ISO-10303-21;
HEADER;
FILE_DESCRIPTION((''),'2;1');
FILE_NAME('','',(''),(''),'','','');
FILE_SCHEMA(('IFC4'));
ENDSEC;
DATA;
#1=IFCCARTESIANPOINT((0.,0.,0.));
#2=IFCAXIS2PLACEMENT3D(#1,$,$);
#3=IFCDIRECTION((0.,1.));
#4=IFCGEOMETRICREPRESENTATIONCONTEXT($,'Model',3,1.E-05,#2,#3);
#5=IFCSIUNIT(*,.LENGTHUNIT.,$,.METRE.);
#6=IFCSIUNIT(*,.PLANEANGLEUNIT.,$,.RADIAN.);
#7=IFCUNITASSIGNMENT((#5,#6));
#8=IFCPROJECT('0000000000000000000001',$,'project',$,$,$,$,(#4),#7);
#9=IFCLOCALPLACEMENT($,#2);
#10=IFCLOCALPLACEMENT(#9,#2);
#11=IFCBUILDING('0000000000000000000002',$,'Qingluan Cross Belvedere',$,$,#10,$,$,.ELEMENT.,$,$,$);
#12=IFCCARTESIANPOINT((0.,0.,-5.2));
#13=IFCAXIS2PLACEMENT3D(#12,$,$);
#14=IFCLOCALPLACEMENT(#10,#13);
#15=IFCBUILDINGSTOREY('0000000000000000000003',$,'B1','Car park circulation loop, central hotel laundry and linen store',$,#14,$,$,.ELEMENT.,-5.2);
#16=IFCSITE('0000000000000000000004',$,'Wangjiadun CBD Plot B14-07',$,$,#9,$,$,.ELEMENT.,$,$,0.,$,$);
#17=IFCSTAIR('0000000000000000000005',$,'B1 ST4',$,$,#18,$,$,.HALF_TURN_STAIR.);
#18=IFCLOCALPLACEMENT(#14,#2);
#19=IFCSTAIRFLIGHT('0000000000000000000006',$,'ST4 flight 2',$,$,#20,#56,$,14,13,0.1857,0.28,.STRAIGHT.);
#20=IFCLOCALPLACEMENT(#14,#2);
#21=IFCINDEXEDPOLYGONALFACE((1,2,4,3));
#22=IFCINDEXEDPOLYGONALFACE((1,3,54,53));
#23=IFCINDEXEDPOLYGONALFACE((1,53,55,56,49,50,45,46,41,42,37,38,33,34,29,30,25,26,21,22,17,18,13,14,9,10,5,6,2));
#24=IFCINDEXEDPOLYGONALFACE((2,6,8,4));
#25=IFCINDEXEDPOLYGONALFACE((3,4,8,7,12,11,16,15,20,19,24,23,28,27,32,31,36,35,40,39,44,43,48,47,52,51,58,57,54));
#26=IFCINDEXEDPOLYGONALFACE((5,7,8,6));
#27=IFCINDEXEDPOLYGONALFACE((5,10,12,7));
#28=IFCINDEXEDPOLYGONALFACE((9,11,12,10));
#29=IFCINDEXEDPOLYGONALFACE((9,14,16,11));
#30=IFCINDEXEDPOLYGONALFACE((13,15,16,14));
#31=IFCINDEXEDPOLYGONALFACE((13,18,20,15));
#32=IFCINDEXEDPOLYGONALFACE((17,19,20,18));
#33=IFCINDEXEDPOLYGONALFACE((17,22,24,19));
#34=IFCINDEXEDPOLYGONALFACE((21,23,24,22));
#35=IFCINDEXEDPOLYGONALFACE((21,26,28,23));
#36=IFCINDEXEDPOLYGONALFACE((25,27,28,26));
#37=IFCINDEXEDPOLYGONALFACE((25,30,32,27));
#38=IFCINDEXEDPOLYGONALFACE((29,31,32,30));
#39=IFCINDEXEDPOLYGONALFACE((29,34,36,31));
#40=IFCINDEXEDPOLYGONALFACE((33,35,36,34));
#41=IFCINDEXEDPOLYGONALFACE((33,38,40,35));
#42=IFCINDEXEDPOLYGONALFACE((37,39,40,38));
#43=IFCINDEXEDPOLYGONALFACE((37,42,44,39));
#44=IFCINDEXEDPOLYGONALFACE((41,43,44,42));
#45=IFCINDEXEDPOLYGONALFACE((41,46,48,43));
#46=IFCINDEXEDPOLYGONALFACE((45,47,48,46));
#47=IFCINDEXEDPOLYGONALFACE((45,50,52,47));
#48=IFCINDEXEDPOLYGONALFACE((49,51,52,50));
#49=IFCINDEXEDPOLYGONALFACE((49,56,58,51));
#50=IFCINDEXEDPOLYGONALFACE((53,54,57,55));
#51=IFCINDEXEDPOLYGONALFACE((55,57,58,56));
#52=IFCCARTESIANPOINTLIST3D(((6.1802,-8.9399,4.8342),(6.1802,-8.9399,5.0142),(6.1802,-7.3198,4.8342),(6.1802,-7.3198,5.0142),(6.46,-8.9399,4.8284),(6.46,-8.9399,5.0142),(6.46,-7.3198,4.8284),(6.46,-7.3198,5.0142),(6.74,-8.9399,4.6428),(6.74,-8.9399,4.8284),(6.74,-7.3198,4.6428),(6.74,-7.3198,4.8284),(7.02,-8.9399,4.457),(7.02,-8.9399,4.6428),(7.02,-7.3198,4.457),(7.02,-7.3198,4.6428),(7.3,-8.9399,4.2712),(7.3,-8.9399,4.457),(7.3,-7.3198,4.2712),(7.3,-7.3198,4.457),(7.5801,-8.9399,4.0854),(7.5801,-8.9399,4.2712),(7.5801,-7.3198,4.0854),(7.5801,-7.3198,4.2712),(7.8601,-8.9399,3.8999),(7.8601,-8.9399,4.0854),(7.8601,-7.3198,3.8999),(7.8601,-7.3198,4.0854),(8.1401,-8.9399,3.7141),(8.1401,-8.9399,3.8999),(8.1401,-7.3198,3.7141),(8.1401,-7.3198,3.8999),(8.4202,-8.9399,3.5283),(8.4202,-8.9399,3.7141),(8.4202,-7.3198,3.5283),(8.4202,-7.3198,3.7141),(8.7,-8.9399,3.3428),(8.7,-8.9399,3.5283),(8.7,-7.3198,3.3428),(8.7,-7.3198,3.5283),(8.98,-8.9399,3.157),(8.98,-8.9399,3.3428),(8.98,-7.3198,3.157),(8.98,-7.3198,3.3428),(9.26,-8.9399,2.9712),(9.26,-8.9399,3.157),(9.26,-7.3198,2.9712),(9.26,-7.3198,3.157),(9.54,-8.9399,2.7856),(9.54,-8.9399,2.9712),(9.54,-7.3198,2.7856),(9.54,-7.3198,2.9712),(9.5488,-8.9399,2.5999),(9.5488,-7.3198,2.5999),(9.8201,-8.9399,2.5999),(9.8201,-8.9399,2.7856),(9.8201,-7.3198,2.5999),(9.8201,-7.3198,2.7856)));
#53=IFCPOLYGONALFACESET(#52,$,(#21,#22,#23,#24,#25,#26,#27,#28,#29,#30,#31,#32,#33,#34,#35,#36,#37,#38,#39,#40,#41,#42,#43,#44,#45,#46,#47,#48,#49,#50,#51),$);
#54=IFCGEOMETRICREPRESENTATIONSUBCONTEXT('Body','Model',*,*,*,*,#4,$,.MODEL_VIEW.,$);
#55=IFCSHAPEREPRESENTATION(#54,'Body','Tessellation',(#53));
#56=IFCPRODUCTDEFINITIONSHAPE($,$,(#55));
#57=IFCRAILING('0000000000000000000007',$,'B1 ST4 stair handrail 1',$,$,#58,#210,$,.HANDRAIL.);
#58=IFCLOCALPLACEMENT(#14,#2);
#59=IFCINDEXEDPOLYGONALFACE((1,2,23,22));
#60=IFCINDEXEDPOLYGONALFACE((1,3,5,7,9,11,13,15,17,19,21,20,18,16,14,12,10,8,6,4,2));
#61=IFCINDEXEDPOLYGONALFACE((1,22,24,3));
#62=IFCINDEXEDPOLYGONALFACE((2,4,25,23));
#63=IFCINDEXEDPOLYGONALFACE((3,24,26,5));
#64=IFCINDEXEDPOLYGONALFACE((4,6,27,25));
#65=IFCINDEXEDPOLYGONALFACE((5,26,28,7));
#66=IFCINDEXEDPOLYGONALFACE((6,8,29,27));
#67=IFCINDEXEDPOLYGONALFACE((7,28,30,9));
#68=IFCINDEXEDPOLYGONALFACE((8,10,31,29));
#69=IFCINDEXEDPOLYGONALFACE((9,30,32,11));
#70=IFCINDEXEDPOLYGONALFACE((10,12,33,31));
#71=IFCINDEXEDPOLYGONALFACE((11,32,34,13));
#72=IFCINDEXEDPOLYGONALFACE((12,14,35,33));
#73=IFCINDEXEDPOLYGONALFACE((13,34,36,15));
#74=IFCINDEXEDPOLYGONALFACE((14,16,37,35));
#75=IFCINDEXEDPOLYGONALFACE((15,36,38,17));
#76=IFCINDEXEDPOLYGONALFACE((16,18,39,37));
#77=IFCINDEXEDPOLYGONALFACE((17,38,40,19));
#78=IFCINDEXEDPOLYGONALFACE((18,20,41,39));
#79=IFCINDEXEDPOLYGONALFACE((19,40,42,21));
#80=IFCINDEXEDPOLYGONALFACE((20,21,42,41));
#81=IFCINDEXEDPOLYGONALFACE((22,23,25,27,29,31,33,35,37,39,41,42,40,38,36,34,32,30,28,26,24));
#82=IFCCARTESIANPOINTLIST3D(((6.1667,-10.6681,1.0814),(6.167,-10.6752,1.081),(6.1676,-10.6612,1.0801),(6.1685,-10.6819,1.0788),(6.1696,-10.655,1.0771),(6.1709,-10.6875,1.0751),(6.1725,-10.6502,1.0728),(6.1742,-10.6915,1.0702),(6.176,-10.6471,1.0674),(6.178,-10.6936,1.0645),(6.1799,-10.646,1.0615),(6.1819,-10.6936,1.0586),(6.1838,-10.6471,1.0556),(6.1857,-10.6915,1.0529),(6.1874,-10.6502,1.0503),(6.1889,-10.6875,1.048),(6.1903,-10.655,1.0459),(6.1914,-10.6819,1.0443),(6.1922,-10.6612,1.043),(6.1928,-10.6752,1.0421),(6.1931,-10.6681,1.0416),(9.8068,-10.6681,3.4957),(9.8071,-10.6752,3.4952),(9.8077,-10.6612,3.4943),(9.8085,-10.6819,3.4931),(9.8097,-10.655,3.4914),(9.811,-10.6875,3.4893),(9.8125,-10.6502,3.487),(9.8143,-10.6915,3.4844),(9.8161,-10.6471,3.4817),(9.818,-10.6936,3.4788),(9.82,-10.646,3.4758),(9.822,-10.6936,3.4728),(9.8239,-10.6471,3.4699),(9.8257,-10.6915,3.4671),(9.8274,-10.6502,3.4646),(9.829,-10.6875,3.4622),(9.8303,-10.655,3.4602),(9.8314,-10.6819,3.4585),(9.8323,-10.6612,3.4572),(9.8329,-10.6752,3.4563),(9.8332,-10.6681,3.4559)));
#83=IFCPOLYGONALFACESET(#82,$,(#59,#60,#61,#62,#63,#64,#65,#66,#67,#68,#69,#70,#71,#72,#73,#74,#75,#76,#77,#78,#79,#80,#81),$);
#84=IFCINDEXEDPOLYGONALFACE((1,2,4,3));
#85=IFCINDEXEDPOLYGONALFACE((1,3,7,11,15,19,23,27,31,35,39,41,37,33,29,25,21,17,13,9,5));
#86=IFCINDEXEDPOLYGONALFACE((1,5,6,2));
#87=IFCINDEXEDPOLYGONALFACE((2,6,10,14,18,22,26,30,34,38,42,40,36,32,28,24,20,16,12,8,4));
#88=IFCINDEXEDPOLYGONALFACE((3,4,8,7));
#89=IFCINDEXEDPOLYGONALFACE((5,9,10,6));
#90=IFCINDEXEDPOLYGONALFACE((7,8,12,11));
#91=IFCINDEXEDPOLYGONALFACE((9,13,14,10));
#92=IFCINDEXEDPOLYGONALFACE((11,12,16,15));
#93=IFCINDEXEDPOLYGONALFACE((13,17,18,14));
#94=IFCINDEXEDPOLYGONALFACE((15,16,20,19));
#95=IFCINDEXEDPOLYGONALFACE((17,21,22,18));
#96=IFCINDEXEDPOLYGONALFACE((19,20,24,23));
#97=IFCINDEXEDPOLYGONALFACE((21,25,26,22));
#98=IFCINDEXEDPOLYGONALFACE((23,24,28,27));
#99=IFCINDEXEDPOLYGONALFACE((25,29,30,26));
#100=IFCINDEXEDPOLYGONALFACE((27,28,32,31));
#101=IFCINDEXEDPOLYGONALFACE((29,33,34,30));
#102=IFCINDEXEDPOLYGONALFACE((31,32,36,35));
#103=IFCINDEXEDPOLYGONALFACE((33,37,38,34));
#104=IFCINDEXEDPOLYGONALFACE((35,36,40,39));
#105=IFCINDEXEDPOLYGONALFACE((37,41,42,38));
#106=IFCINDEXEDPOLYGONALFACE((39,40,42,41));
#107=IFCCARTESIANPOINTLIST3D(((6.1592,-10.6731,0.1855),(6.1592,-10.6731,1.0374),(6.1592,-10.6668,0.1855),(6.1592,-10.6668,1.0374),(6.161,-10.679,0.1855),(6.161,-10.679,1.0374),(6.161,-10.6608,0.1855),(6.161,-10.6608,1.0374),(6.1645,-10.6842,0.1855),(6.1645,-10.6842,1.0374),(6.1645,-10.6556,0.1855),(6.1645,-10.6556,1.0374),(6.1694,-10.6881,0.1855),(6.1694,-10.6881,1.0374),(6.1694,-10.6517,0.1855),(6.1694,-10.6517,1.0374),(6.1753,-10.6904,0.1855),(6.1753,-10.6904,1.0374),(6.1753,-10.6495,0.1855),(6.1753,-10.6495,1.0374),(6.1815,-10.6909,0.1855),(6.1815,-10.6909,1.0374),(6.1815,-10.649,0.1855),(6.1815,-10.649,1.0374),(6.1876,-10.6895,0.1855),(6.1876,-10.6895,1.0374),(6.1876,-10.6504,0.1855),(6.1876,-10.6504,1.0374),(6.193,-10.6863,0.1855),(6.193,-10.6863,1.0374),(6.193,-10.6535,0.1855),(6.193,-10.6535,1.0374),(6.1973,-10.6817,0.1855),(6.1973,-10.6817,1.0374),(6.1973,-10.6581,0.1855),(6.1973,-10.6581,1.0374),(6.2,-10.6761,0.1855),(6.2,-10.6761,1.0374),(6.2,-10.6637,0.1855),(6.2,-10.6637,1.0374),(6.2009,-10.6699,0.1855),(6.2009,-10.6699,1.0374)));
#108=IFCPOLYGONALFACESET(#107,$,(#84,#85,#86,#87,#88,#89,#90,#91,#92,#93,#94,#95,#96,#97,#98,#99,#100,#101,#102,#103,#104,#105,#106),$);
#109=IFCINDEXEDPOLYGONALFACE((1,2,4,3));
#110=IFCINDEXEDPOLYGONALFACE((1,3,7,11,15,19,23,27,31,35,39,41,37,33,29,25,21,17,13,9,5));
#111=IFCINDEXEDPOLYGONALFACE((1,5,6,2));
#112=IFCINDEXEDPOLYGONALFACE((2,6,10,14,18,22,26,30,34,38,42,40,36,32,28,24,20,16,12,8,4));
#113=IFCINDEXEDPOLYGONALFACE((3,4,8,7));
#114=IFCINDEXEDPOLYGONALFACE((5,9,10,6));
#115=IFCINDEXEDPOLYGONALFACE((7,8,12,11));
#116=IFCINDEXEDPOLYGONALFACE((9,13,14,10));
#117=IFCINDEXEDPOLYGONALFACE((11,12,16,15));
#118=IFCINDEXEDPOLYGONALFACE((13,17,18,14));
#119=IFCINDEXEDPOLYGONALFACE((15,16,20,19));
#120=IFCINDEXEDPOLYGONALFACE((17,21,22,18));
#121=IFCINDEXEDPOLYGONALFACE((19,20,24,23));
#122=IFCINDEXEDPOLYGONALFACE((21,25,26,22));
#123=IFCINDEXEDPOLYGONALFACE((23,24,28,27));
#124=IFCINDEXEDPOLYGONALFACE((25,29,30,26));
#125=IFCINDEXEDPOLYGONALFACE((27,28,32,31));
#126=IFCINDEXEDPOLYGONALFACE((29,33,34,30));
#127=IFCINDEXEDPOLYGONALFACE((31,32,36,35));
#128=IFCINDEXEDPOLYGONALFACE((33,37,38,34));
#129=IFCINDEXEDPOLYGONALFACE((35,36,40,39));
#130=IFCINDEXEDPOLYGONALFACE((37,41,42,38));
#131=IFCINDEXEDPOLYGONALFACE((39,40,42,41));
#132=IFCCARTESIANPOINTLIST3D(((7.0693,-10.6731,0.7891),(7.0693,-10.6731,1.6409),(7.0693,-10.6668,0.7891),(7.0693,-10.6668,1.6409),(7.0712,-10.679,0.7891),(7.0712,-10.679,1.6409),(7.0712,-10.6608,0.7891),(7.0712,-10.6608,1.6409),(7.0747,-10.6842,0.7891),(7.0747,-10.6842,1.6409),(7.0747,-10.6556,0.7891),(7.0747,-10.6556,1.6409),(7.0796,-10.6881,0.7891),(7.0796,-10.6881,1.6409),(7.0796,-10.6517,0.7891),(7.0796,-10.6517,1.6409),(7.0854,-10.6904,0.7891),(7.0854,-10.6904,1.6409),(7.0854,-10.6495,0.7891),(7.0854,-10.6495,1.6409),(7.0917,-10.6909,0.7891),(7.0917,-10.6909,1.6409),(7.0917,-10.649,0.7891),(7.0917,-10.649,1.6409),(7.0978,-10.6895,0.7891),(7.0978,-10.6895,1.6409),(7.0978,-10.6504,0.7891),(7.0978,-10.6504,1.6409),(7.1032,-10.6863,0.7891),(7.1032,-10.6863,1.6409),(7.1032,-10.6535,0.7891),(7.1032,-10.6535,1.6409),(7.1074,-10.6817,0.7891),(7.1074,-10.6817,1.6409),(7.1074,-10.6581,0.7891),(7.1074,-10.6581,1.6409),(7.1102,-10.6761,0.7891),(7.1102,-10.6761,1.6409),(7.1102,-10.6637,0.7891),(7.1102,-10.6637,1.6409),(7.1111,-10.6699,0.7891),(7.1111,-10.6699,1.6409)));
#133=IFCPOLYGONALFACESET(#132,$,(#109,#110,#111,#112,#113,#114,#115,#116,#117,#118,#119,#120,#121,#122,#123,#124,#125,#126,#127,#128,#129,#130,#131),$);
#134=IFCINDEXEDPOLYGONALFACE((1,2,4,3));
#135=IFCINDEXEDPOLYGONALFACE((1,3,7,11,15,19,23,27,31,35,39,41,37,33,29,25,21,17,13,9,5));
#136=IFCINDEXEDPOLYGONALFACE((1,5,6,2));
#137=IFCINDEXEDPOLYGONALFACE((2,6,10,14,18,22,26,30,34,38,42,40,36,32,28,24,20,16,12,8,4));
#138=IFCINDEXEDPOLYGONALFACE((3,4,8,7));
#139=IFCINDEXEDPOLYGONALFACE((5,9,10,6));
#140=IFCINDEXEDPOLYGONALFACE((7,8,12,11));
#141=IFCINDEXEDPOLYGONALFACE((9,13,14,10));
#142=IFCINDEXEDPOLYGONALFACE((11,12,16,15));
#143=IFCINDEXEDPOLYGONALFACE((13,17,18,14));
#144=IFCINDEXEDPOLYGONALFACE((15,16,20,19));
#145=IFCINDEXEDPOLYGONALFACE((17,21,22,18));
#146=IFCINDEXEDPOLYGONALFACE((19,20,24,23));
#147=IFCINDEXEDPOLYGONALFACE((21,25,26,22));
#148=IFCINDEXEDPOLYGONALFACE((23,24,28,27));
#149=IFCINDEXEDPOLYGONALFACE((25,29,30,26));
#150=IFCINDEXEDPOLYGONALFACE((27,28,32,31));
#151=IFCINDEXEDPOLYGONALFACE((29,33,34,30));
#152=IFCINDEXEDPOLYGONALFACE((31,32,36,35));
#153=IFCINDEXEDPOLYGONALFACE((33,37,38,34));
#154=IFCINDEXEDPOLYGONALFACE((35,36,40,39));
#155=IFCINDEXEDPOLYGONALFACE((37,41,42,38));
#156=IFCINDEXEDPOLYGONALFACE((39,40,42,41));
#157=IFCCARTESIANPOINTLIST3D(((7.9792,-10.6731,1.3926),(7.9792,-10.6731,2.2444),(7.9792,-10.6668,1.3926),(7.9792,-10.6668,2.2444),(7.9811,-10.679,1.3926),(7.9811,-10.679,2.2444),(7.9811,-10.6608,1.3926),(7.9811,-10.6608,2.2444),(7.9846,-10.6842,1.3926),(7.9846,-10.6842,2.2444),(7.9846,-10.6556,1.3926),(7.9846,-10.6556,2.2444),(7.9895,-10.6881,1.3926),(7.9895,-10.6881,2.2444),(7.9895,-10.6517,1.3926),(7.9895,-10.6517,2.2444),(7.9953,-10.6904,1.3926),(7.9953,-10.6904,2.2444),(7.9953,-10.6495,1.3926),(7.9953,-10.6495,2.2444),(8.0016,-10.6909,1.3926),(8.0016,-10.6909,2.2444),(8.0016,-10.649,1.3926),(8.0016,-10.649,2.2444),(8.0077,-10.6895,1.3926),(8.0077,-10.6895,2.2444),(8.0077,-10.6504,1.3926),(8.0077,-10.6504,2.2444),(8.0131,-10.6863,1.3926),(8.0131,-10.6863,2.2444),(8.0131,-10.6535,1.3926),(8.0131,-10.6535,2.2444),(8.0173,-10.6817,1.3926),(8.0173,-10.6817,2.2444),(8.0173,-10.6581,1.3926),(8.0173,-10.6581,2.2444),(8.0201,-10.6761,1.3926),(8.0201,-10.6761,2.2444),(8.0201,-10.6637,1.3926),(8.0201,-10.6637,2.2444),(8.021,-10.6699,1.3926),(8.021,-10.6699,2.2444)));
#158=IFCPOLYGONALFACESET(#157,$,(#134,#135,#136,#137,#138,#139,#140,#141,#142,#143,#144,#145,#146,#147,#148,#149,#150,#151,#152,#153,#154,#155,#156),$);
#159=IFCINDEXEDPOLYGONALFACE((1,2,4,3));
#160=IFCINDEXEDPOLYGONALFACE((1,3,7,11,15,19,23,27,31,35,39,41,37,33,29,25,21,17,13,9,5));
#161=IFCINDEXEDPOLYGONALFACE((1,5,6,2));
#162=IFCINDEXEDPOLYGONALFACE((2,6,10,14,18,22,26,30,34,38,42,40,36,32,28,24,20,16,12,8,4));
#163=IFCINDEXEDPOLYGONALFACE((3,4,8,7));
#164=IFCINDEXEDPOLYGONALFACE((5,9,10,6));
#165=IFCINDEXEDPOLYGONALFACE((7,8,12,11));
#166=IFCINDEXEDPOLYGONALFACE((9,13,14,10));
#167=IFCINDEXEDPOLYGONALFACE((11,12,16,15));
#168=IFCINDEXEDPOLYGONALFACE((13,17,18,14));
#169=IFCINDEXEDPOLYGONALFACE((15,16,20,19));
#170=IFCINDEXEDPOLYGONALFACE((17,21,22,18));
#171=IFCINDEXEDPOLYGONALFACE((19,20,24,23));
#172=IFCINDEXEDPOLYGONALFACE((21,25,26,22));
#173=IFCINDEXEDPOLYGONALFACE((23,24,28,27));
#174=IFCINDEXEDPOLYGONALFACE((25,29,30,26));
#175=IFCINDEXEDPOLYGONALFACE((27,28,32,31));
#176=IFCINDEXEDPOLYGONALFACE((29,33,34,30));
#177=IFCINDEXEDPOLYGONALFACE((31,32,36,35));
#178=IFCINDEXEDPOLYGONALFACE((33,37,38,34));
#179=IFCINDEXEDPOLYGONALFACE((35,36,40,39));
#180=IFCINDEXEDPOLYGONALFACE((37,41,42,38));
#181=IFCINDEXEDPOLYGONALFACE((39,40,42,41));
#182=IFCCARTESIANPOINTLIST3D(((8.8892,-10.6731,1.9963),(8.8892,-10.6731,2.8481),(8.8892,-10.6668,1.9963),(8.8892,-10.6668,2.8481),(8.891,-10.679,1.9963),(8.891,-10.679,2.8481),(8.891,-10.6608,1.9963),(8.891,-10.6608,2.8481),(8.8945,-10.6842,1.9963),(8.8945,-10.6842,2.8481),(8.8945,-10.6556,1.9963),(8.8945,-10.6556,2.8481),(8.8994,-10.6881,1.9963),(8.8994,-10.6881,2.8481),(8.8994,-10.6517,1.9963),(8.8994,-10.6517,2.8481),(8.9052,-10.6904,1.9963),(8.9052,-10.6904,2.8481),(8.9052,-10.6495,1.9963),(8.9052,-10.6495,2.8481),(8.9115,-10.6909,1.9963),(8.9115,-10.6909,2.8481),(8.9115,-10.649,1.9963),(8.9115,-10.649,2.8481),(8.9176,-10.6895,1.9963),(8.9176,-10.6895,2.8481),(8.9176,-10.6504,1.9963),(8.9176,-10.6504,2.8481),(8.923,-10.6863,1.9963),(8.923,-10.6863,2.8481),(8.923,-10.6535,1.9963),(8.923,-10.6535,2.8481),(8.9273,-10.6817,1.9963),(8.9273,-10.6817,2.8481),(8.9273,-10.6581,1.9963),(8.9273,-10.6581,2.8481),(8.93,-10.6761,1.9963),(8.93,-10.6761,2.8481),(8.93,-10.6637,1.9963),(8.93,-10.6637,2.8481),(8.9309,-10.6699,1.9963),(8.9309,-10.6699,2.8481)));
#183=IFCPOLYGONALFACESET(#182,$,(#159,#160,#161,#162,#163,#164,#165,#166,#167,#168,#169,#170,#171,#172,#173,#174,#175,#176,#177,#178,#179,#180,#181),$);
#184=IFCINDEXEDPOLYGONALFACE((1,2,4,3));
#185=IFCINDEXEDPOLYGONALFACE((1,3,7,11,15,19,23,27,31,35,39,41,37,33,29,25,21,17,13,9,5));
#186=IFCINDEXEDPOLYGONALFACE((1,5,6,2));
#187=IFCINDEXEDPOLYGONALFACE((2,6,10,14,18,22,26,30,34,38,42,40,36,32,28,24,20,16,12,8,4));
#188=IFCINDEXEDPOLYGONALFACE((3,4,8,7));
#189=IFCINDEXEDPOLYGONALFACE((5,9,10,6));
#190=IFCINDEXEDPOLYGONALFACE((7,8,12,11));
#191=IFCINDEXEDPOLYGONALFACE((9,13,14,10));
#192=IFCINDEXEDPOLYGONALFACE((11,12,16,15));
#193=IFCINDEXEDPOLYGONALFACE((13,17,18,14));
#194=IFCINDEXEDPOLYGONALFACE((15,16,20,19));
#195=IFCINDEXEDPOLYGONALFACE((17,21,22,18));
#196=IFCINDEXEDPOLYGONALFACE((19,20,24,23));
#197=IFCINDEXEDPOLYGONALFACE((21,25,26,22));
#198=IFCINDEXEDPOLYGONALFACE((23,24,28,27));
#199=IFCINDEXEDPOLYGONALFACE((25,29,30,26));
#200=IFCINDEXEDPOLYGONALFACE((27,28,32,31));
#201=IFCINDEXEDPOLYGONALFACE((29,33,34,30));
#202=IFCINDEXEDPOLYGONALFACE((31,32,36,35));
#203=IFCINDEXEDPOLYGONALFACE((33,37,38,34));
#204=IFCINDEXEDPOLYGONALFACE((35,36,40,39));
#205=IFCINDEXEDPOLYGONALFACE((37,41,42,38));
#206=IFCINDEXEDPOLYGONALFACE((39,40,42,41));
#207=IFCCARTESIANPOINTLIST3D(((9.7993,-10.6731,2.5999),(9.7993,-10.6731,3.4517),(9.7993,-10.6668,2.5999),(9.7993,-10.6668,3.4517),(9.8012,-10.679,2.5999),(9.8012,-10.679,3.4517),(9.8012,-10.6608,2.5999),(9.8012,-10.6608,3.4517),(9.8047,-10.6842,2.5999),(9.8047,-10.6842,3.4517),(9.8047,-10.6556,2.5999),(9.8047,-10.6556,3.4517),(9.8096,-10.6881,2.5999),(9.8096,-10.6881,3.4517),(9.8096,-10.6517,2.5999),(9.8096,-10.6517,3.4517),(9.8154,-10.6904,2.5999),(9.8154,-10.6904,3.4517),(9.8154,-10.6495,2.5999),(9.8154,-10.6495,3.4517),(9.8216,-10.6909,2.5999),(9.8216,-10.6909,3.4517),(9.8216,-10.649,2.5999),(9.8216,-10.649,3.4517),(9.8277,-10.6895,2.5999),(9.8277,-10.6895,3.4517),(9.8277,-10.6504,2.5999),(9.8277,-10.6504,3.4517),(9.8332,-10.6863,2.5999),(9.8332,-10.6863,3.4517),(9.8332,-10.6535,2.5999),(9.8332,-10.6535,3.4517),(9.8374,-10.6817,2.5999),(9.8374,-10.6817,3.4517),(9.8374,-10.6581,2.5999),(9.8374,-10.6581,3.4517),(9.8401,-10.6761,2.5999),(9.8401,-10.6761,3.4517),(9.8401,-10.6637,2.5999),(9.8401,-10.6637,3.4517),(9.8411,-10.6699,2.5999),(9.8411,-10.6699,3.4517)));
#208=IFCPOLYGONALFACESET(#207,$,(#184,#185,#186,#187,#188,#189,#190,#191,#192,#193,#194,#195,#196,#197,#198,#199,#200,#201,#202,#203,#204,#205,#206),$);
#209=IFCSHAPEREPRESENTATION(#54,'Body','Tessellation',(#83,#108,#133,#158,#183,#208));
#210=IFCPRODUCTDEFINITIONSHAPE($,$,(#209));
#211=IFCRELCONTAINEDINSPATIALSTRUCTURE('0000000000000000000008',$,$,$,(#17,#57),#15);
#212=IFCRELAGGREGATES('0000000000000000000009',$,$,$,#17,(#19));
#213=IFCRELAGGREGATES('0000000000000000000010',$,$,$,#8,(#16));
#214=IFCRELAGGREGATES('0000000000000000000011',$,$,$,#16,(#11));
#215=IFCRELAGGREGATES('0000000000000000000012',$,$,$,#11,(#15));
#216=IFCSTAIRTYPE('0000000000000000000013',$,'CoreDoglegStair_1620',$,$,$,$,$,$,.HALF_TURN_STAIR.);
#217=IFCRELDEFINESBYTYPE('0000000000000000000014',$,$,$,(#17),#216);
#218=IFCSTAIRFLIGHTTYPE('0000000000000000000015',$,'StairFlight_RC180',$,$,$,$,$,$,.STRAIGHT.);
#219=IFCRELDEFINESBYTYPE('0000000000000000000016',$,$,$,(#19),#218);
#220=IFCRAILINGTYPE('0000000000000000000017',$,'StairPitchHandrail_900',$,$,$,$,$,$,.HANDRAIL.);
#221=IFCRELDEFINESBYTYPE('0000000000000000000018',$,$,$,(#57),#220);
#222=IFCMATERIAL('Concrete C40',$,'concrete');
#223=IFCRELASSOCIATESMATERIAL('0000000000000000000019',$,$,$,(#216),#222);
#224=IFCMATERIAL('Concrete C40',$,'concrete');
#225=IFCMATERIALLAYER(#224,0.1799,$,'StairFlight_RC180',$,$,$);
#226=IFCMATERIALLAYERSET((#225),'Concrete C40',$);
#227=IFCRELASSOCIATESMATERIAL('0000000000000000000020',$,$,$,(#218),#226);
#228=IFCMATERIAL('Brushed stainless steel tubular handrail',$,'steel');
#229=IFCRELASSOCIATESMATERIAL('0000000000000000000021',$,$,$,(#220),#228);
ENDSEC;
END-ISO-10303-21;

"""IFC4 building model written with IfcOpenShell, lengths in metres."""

from ifc_helpers import new_model, si_unit, direction, frame, origin, origin_2d, place, context, subcontext, project, spatial, polyline, circle, outline, extrude, material, layer, layer_set, type_object, element, aggregate, save


model = new_model("IFC4")

# Units and contexts
model_context = context("Model", 3, precision=1e-05, world=origin(), true_north=direction((0.0, 1.0)))
body_context = subcontext(model_context, "Body", "Model", "MODEL_VIEW")
ifc_project = project(units=[si_unit("LENGTHUNIT", "METRE"), si_unit("PLANEANGLEUNIT", "RADIAN")], contexts=[model_context])

# Site, building, storey
site_placement = place(None, origin())
site = spatial("IfcSite", under=ifc_project, at=site_placement, Name="Wangjiadun CBD Plot B14-07", CompositionType="ELEMENT", RefElevation=0.0)
building_placement = place(site_placement, origin())
building = spatial("IfcBuilding", under=site, at=building_placement, Name="Qingluan Cross Belvedere", CompositionType="ELEMENT")
storey_placement = place(building_placement, frame((0.0, 0.0, -5.2)))
storey = spatial("IfcBuildingStorey", under=building, at=storey_placement, Name="B1", Description="Car park circulation loop, central hotel laundry and linen store", CompositionType="ELEMENT", Elevation=-5.2)

# Stair, stair flight
ifc_material_1 = material(Name="Concrete C40", Category="concrete")
stair_type = type_object("IfcStairType", Name="CoreDoglegStair_1620", PredefinedType="HALF_TURN_STAIR", material=ifc_material_1)
stair_placement = place(storey_placement, origin())
stair = element("IfcStair", 1, at=stair_placement, inside=storey, type_object=stair_type, Name="B1 ST4", PredefinedType="HALF_TURN_STAIR")
ifc_material_2 = material(Name="Concrete C40", Category="concrete")
ifc_layer_1 = layer(ifc_material_2, 0.1799, Name="StairFlight_RC180")
ifc_layer_set_1 = layer_set([ifc_layer_1], Name="Concrete C40")
stair_flight_type = type_object("IfcStairFlightType", Name="StairFlight_RC180", PredefinedType="STRAIGHT", material=ifc_layer_set_1)
stair_flight_1_placement = place(storey_placement, frame((9.8201, -8.1299, 2.5999), z_axis=(0.0, 0.0, 1.0), x_axis=(-1.0, 0.0, 0.0)))
stair_flight_1 = element("IfcStairFlight", 2, at=stair_flight_1_placement, type_object=stair_flight_type, Name="ST4 flight 2", NumberOfRisers=14, NumberOfTreads=13, PredefinedType="STRAIGHT", RiserHeight=0.1857, TreadLength=0.28, context=body_context, shape_type="SweptSolid", body=[
    extrude(outline(polyline([(0.0, 0.0), (0.0, 0.1858), (0.28, 0.1858), (0.28, 0.3713), (0.5601, 0.3713), (0.5601, 0.5571), (0.8401, 0.5571), (0.8401, 0.7429), (1.1201, 0.7429), (1.1201, 0.9285), (1.3999, 0.9285), (1.3999, 1.1143), (1.6799, 1.1143), (1.6799, 1.3), (1.96, 1.3), (1.96, 1.4856), (2.24, 1.4856), (2.24, 1.6714), (2.52, 1.6714), (2.52, 1.8572), (2.8, 1.8572), (2.8, 2.043), (3.0801, 2.043), (3.0801, 2.2285), (3.3601, 2.2285), (3.3601, 2.4143), (3.6399, 2.4143), (3.6399, 2.6001), (3.6399, 2.2344), (0.2712, 0.0), (0.0, 0.0)])), frame((0.0, 0.8101, 0.0), z_axis=(0.0, -1.0, 0.0), x_axis=(1.0, 0.0, 0.0)), (0.0, 0.0, 1.0), 1.6201),
])
aggregate(stair, [stair_flight_1])

# Railing
ifc_material_3 = material(Name="Brushed stainless steel tubular handrail", Category="steel")
railing_type_1 = type_object("IfcRailingType", Name="StairPitchHandrail_900", PredefinedType="HANDRAIL", material=ifc_material_3)
railing_1_placement = place(storey_placement, frame((6.1799, -10.6699, 0.1855)))
element("IfcRailing", 3, at=railing_1_placement, inside=storey, type_object=railing_type_1, Name="B1 ST4 stair handrail 1", PredefinedType="HANDRAIL", context=body_context, shape_type="SweptSolid", body=[
    extrude(circle(Radius=0.0239, at=origin_2d()), frame((0.0, 0.0, 0.876), z_axis=(0.833364, 0.0, 0.552725), x_axis=(0.0, 1.0, 0.0)), (0.0, 0.0, 1.0), 4.3679),
    extrude(circle(Radius=0.021, at=origin_2d()), origin(), (0.0, 0.0, 1.0), 0.8518),
    extrude(circle(Radius=0.021, at=origin_2d()), frame((0.9102, 0.0, 0.6035)), (0.0, 0.0, 1.0), 0.8518),
    extrude(circle(Radius=0.021, at=origin_2d()), frame((1.8201, 0.0, 1.207)), (0.0, 0.0, 1.0), 0.8518),
    extrude(circle(Radius=0.021, at=origin_2d()), frame((2.73, 0.0, 1.8108)), (0.0, 0.0, 1.0), 0.8518),
    extrude(circle(Radius=0.021, at=origin_2d()), frame((3.6401, 0.0, 2.4143)), (0.0, 0.0, 1.0), 0.8518),
])

save(model, "model.ifc")
